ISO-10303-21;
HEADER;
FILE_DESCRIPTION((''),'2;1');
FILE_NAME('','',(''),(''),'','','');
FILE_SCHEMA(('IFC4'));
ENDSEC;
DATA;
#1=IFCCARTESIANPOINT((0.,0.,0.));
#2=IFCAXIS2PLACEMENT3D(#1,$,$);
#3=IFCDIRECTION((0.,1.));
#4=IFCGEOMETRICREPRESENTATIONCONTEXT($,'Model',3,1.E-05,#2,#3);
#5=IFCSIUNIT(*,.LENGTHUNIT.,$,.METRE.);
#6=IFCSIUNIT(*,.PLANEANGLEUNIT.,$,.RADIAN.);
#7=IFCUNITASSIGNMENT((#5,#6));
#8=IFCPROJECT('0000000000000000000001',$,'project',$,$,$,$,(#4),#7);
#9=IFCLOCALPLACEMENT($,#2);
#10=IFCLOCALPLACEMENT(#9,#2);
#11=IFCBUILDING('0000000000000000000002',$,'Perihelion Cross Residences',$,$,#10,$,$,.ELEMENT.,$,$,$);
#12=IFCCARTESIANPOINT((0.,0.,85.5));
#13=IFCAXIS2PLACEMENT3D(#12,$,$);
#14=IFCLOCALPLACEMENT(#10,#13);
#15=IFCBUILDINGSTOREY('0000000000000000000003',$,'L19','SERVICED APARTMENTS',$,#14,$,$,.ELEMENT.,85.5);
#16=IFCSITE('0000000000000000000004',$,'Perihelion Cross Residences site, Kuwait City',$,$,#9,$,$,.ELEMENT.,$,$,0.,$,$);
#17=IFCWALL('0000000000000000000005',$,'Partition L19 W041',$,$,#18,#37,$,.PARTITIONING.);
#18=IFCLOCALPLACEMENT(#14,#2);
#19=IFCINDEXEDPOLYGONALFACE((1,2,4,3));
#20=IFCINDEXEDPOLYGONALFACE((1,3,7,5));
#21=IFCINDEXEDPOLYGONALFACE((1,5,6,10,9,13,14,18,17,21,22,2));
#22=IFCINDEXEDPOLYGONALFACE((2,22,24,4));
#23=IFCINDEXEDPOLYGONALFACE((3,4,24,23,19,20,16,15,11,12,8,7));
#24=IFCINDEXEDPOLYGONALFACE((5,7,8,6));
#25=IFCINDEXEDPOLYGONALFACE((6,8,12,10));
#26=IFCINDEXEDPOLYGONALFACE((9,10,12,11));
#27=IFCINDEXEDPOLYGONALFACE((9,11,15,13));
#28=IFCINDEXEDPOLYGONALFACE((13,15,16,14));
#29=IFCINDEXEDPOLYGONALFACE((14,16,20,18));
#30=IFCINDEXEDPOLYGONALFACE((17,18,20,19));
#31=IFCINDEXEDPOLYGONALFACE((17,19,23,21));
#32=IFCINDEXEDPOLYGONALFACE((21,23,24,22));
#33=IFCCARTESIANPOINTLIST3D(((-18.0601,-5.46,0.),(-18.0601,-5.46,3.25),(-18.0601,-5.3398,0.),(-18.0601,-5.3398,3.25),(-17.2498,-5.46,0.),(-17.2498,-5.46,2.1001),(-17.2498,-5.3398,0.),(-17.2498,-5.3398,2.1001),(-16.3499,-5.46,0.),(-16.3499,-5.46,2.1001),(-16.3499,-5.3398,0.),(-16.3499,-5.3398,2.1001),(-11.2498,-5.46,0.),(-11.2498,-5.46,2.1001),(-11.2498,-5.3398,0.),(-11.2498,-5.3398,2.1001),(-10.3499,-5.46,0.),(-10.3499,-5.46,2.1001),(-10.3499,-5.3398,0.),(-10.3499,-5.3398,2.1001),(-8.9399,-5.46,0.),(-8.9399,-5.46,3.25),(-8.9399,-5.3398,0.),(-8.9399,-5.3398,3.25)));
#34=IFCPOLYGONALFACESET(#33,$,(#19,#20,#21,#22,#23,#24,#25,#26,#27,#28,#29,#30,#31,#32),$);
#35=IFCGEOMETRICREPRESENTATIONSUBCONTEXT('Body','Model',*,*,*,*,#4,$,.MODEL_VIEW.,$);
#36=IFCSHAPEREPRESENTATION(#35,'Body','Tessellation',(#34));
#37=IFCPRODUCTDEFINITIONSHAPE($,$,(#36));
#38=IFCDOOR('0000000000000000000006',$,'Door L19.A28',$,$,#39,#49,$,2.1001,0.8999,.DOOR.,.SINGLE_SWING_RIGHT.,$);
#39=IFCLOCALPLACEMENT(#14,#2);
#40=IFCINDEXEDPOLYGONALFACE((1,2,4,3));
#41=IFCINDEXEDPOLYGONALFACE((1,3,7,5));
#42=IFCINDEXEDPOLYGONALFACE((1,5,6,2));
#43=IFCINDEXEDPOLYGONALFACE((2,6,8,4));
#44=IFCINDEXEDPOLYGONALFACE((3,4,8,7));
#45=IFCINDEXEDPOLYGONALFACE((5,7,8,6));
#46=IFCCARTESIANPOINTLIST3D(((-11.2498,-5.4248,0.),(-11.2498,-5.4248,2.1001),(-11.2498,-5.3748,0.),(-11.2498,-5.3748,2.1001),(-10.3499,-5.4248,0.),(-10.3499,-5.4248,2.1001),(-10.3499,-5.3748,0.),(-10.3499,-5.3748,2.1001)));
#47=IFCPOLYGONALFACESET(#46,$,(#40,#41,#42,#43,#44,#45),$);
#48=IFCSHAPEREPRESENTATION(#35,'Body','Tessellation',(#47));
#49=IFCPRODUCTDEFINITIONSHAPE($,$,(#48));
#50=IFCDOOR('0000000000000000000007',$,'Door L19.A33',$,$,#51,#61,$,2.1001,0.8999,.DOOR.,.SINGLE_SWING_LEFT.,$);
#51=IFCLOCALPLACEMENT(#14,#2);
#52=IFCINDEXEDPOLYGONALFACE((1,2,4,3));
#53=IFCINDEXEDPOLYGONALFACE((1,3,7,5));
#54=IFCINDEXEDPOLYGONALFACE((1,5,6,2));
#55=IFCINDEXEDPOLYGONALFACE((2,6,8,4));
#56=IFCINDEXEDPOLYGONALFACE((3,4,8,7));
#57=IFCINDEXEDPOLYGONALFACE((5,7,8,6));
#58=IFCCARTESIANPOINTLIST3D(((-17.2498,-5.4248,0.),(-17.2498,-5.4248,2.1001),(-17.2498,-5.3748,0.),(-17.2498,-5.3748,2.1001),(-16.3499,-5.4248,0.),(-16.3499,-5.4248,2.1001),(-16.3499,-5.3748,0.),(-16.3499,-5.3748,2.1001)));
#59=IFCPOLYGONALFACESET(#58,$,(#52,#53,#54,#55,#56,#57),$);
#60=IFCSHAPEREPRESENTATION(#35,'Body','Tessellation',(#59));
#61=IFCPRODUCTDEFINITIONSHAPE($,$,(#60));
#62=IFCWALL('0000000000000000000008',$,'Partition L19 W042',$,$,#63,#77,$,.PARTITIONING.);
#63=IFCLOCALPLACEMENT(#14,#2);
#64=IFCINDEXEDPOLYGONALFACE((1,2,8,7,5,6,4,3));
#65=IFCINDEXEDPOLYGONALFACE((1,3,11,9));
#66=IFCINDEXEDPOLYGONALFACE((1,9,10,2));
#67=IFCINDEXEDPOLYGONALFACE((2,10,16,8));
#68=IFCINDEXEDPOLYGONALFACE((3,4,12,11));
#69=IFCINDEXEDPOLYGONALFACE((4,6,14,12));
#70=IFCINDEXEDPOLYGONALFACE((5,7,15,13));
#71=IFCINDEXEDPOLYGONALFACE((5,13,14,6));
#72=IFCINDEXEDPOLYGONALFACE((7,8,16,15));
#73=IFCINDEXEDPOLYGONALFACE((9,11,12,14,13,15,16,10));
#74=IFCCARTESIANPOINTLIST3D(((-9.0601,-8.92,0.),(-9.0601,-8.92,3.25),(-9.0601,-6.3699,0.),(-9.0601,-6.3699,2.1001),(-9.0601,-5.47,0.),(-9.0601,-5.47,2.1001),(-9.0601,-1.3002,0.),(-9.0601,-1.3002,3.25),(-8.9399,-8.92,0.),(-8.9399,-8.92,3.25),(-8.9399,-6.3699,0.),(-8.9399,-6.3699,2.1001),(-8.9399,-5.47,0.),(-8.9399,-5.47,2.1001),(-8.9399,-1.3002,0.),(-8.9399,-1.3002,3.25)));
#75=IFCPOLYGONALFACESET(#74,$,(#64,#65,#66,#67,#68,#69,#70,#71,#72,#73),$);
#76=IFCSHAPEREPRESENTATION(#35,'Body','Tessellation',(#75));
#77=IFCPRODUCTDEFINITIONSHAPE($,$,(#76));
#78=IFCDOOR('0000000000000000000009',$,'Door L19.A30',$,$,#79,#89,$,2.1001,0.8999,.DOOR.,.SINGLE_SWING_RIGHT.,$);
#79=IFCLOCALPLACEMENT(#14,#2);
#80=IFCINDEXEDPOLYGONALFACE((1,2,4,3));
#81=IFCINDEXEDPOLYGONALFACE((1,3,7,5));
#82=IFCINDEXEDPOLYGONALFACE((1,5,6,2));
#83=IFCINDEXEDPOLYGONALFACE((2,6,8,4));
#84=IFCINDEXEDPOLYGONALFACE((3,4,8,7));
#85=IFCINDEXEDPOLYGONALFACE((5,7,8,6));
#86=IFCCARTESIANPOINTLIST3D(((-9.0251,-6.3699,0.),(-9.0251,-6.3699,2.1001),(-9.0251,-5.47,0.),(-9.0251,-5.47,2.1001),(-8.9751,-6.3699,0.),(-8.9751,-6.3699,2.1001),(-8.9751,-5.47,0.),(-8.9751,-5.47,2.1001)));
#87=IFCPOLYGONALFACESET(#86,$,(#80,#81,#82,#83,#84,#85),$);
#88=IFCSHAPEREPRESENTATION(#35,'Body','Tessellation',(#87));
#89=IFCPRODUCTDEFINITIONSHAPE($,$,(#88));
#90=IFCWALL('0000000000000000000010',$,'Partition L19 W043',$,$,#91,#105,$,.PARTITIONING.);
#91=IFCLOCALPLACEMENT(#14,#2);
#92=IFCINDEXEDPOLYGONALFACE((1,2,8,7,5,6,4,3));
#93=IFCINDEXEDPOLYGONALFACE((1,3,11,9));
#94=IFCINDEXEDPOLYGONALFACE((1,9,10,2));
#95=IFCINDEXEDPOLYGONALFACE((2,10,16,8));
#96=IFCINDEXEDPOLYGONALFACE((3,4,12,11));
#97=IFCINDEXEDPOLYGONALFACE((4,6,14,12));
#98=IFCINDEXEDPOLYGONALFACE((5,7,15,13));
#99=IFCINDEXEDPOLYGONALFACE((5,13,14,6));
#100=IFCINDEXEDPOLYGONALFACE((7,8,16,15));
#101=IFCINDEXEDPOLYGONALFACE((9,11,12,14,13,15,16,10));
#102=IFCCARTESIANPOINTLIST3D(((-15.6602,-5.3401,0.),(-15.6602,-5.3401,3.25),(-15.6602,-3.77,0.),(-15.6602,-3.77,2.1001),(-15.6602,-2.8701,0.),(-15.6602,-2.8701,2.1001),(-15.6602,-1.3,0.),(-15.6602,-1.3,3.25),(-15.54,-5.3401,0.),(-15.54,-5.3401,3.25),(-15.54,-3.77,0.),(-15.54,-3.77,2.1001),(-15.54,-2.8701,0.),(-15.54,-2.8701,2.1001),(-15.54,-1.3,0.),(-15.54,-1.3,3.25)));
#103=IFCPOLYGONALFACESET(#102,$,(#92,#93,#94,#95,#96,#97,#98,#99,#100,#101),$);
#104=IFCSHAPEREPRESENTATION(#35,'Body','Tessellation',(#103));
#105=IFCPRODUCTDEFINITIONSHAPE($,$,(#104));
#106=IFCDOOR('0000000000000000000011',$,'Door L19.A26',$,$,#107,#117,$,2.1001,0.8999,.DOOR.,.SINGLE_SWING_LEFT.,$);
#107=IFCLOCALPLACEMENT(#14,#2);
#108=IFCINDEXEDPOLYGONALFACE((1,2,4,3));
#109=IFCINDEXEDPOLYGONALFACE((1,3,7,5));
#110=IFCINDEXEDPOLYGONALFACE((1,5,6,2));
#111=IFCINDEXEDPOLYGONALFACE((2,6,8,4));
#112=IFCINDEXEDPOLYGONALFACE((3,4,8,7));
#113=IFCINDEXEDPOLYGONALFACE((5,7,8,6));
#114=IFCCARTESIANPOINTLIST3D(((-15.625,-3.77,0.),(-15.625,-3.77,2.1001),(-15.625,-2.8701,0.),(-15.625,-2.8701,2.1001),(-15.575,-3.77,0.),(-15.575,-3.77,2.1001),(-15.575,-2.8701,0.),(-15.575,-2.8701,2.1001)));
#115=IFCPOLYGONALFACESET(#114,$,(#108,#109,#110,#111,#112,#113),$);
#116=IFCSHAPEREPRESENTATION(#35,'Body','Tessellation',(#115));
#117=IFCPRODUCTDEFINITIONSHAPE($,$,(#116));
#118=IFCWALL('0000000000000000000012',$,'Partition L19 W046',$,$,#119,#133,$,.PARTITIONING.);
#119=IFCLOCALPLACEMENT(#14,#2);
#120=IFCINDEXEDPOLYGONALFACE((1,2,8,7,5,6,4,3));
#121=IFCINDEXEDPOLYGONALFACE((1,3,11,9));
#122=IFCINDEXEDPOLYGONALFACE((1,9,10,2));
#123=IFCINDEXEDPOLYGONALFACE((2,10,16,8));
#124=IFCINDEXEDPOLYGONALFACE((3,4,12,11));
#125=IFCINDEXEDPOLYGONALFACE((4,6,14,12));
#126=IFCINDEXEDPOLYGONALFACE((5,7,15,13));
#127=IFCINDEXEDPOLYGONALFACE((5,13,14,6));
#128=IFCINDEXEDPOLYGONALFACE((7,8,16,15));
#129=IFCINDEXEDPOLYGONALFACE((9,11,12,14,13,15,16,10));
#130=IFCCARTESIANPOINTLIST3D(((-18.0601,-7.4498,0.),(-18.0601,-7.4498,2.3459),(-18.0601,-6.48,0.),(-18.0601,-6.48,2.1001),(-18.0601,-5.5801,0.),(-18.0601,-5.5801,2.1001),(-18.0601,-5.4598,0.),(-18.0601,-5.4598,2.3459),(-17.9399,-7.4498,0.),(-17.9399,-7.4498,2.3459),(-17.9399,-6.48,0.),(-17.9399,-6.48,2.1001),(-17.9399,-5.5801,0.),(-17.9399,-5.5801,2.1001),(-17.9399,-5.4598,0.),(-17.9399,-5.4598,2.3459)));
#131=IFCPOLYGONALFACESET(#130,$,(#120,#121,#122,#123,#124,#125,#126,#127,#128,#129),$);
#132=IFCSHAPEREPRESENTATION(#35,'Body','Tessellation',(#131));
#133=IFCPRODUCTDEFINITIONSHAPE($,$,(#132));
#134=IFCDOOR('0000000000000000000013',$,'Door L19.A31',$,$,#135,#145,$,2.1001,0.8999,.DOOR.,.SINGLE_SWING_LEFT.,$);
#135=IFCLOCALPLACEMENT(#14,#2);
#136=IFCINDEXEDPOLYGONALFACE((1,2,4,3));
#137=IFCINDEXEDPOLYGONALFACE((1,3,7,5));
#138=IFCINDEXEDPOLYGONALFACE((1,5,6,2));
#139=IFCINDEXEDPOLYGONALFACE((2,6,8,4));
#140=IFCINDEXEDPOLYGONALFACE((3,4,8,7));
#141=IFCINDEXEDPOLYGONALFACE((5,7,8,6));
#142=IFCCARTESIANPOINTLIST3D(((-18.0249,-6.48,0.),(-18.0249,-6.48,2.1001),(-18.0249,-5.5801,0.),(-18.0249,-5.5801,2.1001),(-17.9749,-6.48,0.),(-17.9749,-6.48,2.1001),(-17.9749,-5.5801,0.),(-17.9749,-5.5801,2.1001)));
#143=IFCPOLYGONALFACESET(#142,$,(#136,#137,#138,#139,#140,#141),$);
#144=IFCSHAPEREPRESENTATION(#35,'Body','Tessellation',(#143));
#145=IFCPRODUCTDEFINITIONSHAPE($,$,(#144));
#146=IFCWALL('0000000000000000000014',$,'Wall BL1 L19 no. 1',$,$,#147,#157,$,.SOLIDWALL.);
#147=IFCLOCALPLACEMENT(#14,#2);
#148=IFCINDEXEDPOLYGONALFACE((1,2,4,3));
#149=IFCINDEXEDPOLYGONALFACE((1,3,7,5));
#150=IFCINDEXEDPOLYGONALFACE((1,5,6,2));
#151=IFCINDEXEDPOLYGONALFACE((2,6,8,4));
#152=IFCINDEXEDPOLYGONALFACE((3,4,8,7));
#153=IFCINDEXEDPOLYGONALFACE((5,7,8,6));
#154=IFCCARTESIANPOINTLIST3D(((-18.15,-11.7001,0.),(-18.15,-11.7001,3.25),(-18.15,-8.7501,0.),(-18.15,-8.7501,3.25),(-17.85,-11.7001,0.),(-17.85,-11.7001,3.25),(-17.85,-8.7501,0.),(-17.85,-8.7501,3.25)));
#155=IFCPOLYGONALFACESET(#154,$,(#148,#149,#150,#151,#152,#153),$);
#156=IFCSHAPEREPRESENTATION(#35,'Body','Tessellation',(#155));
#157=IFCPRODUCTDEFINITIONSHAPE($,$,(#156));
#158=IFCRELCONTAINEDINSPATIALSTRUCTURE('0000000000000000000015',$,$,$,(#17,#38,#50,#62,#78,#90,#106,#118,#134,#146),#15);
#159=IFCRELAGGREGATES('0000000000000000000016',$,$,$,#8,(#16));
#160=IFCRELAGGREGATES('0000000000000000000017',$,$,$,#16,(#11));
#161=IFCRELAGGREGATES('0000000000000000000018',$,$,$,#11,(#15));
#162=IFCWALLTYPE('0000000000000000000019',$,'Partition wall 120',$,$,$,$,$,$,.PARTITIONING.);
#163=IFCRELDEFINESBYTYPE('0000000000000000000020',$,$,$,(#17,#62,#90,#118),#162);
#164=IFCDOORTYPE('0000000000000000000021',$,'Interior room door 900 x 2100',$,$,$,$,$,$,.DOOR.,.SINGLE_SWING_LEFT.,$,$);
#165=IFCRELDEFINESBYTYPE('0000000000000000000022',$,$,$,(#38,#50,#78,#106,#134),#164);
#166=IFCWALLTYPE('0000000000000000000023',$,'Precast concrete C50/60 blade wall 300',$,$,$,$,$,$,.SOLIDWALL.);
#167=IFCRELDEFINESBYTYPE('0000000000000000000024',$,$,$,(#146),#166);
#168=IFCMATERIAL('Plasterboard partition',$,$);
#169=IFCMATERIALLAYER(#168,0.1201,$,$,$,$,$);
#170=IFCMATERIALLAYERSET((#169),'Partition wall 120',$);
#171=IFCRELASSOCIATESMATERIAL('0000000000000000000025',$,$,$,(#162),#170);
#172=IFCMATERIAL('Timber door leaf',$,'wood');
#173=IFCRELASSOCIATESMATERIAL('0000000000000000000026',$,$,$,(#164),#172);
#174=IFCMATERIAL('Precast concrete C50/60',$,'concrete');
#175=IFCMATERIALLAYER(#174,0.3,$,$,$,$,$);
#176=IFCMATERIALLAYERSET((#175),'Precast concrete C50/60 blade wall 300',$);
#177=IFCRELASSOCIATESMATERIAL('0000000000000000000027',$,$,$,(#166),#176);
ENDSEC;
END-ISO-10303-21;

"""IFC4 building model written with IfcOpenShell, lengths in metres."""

from ifc_helpers import new_model, si_unit, direction, frame, frame_2d, origin, place, context, subcontext, project, spatial, rectangle, extrude, material, layer, layer_set, type_object, element, fill, save


model = new_model("IFC4")

# Units and contexts
model_context = context("Model", 3, precision=1e-05, world=origin(), true_north=direction((0.0, 1.0)))
body_context = subcontext(model_context, "Body", "Model", "MODEL_VIEW")
ifc_project = project(units=[si_unit("LENGTHUNIT", "METRE"), si_unit("PLANEANGLEUNIT", "RADIAN")], contexts=[model_context])

# Site, building, storey
site_placement = place(None, origin())
site = spatial("IfcSite", under=ifc_project, at=site_placement, Name="Perihelion Cross Residences site, Kuwait City", CompositionType="ELEMENT", RefElevation=0.0)
building_placement = place(site_placement, origin())
building = spatial("IfcBuilding", under=site, at=building_placement, Name="Perihelion Cross Residences", CompositionType="ELEMENT")
storey_placement = place(building_placement, frame((0.0, 0.0, 85.5)))
storey = spatial("IfcBuildingStorey", under=building, at=storey_placement, Name="L19", Description="SERVICED APARTMENTS", CompositionType="ELEMENT", Elevation=85.5)

# Shared definitions
ifc_material_1 = material(Name="Plasterboard partition")
ifc_layer_1 = layer(ifc_material_1, 0.1201)
ifc_layer_set_1 = layer_set([ifc_layer_1], Name="Partition wall 120")
wall_type_1 = type_object("IfcWallType", Name="Partition wall 120", PredefinedType="PARTITIONING", material=ifc_layer_set_1)

# Wall, openings, doors
wall_1_placement = place(storey_placement, frame((-8.9399, -5.3999, 0.0), z_axis=(0.0, 0.0, 1.0), x_axis=(-1.0, 0.0, 0.0)))
wall_1 = element("IfcWall", 1, at=wall_1_placement, inside=storey, type_object=wall_type_1, Name="Partition L19 W041", PredefinedType="PARTITIONING", context=body_context, shape_type="SweptSolid", body=[
    extrude(rectangle(XDim=9.1201, YDim=0.1201, at=frame_2d((4.5601, 0.0))), origin(), (0.0, 0.0, 1.0), 3.25),
])
opening_1_placement = place(wall_1_placement, frame((1.4099, 0.0, 0.0)))
opening_1 = element("IfcOpeningElement", 2, at=opening_1_placement, cuts=wall_1, PredefinedType="OPENING", context=body_context, shape_type="SweptSolid", body=[
    extrude(rectangle(XDim=0.8999, YDim=2.1001, at=frame_2d((0.45, 1.05))), frame((0.0, 0.0701, 0.0), z_axis=(0.0, -1.0, 0.0), x_axis=(1.0, 0.0, 0.0)), (0.0, 0.0, 1.0), 0.1401),
])
opening_2_placement = place(wall_1_placement, frame((7.4099, 0.0, 0.0)))
opening_2 = element("IfcOpeningElement", 3, at=opening_2_placement, cuts=wall_1, PredefinedType="OPENING", context=body_context, shape_type="SweptSolid", body=[
    extrude(rectangle(XDim=0.8999, YDim=2.1001, at=frame_2d((0.45, 1.05))), frame((0.0, 0.0701, 0.0), z_axis=(0.0, -1.0, 0.0), x_axis=(1.0, 0.0, 0.0)), (0.0, 0.0, 1.0), 0.1401),
])
ifc_material_2 = material(Name="Timber door leaf", Category="wood")
door_type_1 = type_object("IfcDoorType", Name="Interior room door 900 x 2100", OperationType="SINGLE_SWING_LEFT", PredefinedType="DOOR", material=ifc_material_2)
door_1_placement = place(opening_1_placement, origin())
door_1 = element("IfcDoor", 4, at=door_1_placement, inside=storey, type_object=door_type_1, Name="Door L19.A28", OperationType="SINGLE_SWING_RIGHT", OverallHeight=2.1001, OverallWidth=0.8999, PredefinedType="DOOR", context=body_context, shape_type="SweptSolid", body=[
    extrude(rectangle(XDim=0.8999, YDim=2.1001, at=frame_2d((0.45, 1.05))), frame((0.0, 0.0249, 0.0), z_axis=(0.0, -1.0, 0.0), x_axis=(1.0, 0.0, 0.0)), (0.0, 0.0, 1.0), 0.05),
])
fill(opening_1, door_1)
door_2_placement = place(opening_2_placement, origin())
door_2 = element("IfcDoor", 5, at=door_2_placement, inside=storey, type_object=door_type_1, Name="Door L19.A33", OperationType="SINGLE_SWING_LEFT", OverallHeight=2.1001, OverallWidth=0.8999, PredefinedType="DOOR", context=body_context, shape_type="SweptSolid", body=[
    extrude(rectangle(XDim=0.8999, YDim=2.1001, at=frame_2d((0.45, 1.05))), frame((0.0, 0.0249, 0.0), z_axis=(0.0, -1.0, 0.0), x_axis=(1.0, 0.0, 0.0)), (0.0, 0.0, 1.0), 0.05),
])
fill(opening_2, door_2)

# Walls, openings, doors
wall_2_placement = place(storey_placement, frame((-9.0, -1.3, 0.0), z_axis=(0.0, 0.0, 1.0), x_axis=(0.0, -1.0, 0.0)))
wall_2 = element("IfcWall", 6, at=wall_2_placement, inside=storey, type_object=wall_type_1, Name="Partition L19 W042", PredefinedType="PARTITIONING", context=body_context, shape_type="SweptSolid", body=[
    extrude(rectangle(XDim=7.6199, YDim=0.1201, at=frame_2d((3.8101, 0.0))), origin(), (0.0, 0.0, 1.0), 3.25),
])
opening_3_placement = place(wall_2_placement, frame((4.1699, 0.0, 0.0)))
opening_3 = element("IfcOpeningElement", 7, at=opening_3_placement, cuts=wall_2, PredefinedType="OPENING", context=body_context, shape_type="SweptSolid", body=[
    extrude(rectangle(XDim=0.8999, YDim=2.1001, at=frame_2d((0.45, 1.05))), frame((0.0, 0.0701, 0.0), z_axis=(0.0, -1.0, 0.0), x_axis=(1.0, 0.0, 0.0)), (0.0, 0.0, 1.0), 0.1401),
])
door_3_placement = place(opening_3_placement, origin())
door_3 = element("IfcDoor", 8, at=door_3_placement, inside=storey, type_object=door_type_1, Name="Door L19.A30", OperationType="SINGLE_SWING_RIGHT", OverallHeight=2.1001, OverallWidth=0.8999, PredefinedType="DOOR", context=body_context, shape_type="SweptSolid", body=[
    extrude(rectangle(XDim=0.8999, YDim=2.1001, at=frame_2d((0.45, 1.05))), frame((0.0, 0.0249, 0.0), z_axis=(0.0, -1.0, 0.0), x_axis=(1.0, 0.0, 0.0)), (0.0, 0.0, 1.0), 0.05),
])
fill(opening_3, door_3)
wall_3_placement = place(storey_placement, frame((-15.6001, -5.3401, 0.0), z_axis=(0.0, 0.0, 1.0), x_axis=(0.0, 1.0, 0.0)))
wall_3 = element("IfcWall", 9, at=wall_3_placement, inside=storey, type_object=wall_type_1, Name="Partition L19 W043", PredefinedType="PARTITIONING", context=body_context, shape_type="SweptSolid", body=[
    extrude(rectangle(XDim=4.04, YDim=0.1201, at=frame_2d((2.02, 0.0))), origin(), (0.0, 0.0, 1.0), 3.25),
])
opening_4_placement = place(wall_3_placement, frame((1.5701, 0.0, 0.0)))
opening_4 = element("IfcOpeningElement", 10, at=opening_4_placement, cuts=wall_3, PredefinedType="OPENING", context=body_context, shape_type="SweptSolid", body=[
    extrude(rectangle(XDim=0.8999, YDim=2.1001, at=frame_2d((0.45, 1.05))), frame((0.0, 0.0701, 0.0), z_axis=(0.0, -1.0, 0.0), x_axis=(1.0, 0.0, 0.0)), (0.0, 0.0, 1.0), 0.1401),
])
door_4_placement = place(opening_4_placement, origin())
door_4 = element("IfcDoor", 11, at=door_4_placement, inside=storey, type_object=door_type_1, Name="Door L19.A26", OperationType="SINGLE_SWING_LEFT", OverallHeight=2.1001, OverallWidth=0.8999, PredefinedType="DOOR", context=body_context, shape_type="SweptSolid", body=[
    extrude(rectangle(XDim=0.8999, YDim=2.1001, at=frame_2d((0.45, 1.05))), frame((0.0, 0.0249, 0.0), z_axis=(0.0, -1.0, 0.0), x_axis=(1.0, 0.0, 0.0)), (0.0, 0.0, 1.0), 0.05),
])
fill(opening_4, door_4)
wall_4_placement = place(storey_placement, frame((-18.0, -7.45, 0.0), z_axis=(0.0, 0.0, 1.0), x_axis=(0.0, 1.0, 0.0)))
wall_4 = element("IfcWall", 12, at=wall_4_placement, inside=storey, type_object=wall_type_1, Name="Partition L19 W046", PredefinedType="PARTITIONING", context=body_context, shape_type="SweptSolid", body=[
    extrude(rectangle(XDim=1.99, YDim=0.1201, at=frame_2d((0.9951, 0.0))), origin(), (0.0, 0.0, 1.0), 2.3459),
])
opening_5_placement = place(wall_4_placement, frame((0.97, 0.0, 0.0)))
opening_5 = element("IfcOpeningElement", 13, at=opening_5_placement, cuts=wall_4, PredefinedType="OPENING", context=body_context, shape_type="SweptSolid", body=[
    extrude(rectangle(XDim=0.8999, YDim=2.1001, at=frame_2d((0.45, 1.05))), frame((0.0, 0.0701, 0.0), z_axis=(0.0, -1.0, 0.0), x_axis=(1.0, 0.0, 0.0)), (0.0, 0.0, 1.0), 0.1401),
])
door_5_placement = place(opening_5_placement, origin())
door_5 = element("IfcDoor", 14, at=door_5_placement, inside=storey, type_object=door_type_1, Name="Door L19.A31", OperationType="SINGLE_SWING_LEFT", OverallHeight=2.1001, OverallWidth=0.8999, PredefinedType="DOOR", context=body_context, shape_type="SweptSolid", body=[
    extrude(rectangle(XDim=0.8999, YDim=2.1001, at=frame_2d((0.45, 1.05))), frame((0.0, 0.0249, 0.0), z_axis=(0.0, -1.0, 0.0), x_axis=(1.0, 0.0, 0.0)), (0.0, 0.0, 1.0), 0.05),
])
fill(opening_5, door_5)

# Wall
ifc_material_3 = material(Name="Precast concrete C50/60", Category="concrete")
ifc_layer_2 = layer(ifc_material_3, 0.3)
ifc_layer_set_2 = layer_set([ifc_layer_2], Name="Precast concrete C50/60 blade wall 300")
wall_type_2 = type_object("IfcWallType", Name="Precast concrete C50/60 blade wall 300", PredefinedType="SOLIDWALL", material=ifc_layer_set_2)
wall_5_placement = place(storey_placement, frame((-18.0, -8.75, 0.0), z_axis=(0.0, 0.0, 1.0), x_axis=(0.0, -1.0, 0.0)))
element("IfcWall", 15, at=wall_5_placement, inside=storey, type_object=wall_type_2, Name="Wall BL1 L19 no. 1", PredefinedType="SOLIDWALL", context=body_context, shape_type="SweptSolid", body=[
    extrude(rectangle(XDim=2.95, YDim=0.3, at=frame_2d((1.4751, 0.0))), origin(), (0.0, 0.0, 1.0), 3.25),
])

save(model, "model.ifc")
